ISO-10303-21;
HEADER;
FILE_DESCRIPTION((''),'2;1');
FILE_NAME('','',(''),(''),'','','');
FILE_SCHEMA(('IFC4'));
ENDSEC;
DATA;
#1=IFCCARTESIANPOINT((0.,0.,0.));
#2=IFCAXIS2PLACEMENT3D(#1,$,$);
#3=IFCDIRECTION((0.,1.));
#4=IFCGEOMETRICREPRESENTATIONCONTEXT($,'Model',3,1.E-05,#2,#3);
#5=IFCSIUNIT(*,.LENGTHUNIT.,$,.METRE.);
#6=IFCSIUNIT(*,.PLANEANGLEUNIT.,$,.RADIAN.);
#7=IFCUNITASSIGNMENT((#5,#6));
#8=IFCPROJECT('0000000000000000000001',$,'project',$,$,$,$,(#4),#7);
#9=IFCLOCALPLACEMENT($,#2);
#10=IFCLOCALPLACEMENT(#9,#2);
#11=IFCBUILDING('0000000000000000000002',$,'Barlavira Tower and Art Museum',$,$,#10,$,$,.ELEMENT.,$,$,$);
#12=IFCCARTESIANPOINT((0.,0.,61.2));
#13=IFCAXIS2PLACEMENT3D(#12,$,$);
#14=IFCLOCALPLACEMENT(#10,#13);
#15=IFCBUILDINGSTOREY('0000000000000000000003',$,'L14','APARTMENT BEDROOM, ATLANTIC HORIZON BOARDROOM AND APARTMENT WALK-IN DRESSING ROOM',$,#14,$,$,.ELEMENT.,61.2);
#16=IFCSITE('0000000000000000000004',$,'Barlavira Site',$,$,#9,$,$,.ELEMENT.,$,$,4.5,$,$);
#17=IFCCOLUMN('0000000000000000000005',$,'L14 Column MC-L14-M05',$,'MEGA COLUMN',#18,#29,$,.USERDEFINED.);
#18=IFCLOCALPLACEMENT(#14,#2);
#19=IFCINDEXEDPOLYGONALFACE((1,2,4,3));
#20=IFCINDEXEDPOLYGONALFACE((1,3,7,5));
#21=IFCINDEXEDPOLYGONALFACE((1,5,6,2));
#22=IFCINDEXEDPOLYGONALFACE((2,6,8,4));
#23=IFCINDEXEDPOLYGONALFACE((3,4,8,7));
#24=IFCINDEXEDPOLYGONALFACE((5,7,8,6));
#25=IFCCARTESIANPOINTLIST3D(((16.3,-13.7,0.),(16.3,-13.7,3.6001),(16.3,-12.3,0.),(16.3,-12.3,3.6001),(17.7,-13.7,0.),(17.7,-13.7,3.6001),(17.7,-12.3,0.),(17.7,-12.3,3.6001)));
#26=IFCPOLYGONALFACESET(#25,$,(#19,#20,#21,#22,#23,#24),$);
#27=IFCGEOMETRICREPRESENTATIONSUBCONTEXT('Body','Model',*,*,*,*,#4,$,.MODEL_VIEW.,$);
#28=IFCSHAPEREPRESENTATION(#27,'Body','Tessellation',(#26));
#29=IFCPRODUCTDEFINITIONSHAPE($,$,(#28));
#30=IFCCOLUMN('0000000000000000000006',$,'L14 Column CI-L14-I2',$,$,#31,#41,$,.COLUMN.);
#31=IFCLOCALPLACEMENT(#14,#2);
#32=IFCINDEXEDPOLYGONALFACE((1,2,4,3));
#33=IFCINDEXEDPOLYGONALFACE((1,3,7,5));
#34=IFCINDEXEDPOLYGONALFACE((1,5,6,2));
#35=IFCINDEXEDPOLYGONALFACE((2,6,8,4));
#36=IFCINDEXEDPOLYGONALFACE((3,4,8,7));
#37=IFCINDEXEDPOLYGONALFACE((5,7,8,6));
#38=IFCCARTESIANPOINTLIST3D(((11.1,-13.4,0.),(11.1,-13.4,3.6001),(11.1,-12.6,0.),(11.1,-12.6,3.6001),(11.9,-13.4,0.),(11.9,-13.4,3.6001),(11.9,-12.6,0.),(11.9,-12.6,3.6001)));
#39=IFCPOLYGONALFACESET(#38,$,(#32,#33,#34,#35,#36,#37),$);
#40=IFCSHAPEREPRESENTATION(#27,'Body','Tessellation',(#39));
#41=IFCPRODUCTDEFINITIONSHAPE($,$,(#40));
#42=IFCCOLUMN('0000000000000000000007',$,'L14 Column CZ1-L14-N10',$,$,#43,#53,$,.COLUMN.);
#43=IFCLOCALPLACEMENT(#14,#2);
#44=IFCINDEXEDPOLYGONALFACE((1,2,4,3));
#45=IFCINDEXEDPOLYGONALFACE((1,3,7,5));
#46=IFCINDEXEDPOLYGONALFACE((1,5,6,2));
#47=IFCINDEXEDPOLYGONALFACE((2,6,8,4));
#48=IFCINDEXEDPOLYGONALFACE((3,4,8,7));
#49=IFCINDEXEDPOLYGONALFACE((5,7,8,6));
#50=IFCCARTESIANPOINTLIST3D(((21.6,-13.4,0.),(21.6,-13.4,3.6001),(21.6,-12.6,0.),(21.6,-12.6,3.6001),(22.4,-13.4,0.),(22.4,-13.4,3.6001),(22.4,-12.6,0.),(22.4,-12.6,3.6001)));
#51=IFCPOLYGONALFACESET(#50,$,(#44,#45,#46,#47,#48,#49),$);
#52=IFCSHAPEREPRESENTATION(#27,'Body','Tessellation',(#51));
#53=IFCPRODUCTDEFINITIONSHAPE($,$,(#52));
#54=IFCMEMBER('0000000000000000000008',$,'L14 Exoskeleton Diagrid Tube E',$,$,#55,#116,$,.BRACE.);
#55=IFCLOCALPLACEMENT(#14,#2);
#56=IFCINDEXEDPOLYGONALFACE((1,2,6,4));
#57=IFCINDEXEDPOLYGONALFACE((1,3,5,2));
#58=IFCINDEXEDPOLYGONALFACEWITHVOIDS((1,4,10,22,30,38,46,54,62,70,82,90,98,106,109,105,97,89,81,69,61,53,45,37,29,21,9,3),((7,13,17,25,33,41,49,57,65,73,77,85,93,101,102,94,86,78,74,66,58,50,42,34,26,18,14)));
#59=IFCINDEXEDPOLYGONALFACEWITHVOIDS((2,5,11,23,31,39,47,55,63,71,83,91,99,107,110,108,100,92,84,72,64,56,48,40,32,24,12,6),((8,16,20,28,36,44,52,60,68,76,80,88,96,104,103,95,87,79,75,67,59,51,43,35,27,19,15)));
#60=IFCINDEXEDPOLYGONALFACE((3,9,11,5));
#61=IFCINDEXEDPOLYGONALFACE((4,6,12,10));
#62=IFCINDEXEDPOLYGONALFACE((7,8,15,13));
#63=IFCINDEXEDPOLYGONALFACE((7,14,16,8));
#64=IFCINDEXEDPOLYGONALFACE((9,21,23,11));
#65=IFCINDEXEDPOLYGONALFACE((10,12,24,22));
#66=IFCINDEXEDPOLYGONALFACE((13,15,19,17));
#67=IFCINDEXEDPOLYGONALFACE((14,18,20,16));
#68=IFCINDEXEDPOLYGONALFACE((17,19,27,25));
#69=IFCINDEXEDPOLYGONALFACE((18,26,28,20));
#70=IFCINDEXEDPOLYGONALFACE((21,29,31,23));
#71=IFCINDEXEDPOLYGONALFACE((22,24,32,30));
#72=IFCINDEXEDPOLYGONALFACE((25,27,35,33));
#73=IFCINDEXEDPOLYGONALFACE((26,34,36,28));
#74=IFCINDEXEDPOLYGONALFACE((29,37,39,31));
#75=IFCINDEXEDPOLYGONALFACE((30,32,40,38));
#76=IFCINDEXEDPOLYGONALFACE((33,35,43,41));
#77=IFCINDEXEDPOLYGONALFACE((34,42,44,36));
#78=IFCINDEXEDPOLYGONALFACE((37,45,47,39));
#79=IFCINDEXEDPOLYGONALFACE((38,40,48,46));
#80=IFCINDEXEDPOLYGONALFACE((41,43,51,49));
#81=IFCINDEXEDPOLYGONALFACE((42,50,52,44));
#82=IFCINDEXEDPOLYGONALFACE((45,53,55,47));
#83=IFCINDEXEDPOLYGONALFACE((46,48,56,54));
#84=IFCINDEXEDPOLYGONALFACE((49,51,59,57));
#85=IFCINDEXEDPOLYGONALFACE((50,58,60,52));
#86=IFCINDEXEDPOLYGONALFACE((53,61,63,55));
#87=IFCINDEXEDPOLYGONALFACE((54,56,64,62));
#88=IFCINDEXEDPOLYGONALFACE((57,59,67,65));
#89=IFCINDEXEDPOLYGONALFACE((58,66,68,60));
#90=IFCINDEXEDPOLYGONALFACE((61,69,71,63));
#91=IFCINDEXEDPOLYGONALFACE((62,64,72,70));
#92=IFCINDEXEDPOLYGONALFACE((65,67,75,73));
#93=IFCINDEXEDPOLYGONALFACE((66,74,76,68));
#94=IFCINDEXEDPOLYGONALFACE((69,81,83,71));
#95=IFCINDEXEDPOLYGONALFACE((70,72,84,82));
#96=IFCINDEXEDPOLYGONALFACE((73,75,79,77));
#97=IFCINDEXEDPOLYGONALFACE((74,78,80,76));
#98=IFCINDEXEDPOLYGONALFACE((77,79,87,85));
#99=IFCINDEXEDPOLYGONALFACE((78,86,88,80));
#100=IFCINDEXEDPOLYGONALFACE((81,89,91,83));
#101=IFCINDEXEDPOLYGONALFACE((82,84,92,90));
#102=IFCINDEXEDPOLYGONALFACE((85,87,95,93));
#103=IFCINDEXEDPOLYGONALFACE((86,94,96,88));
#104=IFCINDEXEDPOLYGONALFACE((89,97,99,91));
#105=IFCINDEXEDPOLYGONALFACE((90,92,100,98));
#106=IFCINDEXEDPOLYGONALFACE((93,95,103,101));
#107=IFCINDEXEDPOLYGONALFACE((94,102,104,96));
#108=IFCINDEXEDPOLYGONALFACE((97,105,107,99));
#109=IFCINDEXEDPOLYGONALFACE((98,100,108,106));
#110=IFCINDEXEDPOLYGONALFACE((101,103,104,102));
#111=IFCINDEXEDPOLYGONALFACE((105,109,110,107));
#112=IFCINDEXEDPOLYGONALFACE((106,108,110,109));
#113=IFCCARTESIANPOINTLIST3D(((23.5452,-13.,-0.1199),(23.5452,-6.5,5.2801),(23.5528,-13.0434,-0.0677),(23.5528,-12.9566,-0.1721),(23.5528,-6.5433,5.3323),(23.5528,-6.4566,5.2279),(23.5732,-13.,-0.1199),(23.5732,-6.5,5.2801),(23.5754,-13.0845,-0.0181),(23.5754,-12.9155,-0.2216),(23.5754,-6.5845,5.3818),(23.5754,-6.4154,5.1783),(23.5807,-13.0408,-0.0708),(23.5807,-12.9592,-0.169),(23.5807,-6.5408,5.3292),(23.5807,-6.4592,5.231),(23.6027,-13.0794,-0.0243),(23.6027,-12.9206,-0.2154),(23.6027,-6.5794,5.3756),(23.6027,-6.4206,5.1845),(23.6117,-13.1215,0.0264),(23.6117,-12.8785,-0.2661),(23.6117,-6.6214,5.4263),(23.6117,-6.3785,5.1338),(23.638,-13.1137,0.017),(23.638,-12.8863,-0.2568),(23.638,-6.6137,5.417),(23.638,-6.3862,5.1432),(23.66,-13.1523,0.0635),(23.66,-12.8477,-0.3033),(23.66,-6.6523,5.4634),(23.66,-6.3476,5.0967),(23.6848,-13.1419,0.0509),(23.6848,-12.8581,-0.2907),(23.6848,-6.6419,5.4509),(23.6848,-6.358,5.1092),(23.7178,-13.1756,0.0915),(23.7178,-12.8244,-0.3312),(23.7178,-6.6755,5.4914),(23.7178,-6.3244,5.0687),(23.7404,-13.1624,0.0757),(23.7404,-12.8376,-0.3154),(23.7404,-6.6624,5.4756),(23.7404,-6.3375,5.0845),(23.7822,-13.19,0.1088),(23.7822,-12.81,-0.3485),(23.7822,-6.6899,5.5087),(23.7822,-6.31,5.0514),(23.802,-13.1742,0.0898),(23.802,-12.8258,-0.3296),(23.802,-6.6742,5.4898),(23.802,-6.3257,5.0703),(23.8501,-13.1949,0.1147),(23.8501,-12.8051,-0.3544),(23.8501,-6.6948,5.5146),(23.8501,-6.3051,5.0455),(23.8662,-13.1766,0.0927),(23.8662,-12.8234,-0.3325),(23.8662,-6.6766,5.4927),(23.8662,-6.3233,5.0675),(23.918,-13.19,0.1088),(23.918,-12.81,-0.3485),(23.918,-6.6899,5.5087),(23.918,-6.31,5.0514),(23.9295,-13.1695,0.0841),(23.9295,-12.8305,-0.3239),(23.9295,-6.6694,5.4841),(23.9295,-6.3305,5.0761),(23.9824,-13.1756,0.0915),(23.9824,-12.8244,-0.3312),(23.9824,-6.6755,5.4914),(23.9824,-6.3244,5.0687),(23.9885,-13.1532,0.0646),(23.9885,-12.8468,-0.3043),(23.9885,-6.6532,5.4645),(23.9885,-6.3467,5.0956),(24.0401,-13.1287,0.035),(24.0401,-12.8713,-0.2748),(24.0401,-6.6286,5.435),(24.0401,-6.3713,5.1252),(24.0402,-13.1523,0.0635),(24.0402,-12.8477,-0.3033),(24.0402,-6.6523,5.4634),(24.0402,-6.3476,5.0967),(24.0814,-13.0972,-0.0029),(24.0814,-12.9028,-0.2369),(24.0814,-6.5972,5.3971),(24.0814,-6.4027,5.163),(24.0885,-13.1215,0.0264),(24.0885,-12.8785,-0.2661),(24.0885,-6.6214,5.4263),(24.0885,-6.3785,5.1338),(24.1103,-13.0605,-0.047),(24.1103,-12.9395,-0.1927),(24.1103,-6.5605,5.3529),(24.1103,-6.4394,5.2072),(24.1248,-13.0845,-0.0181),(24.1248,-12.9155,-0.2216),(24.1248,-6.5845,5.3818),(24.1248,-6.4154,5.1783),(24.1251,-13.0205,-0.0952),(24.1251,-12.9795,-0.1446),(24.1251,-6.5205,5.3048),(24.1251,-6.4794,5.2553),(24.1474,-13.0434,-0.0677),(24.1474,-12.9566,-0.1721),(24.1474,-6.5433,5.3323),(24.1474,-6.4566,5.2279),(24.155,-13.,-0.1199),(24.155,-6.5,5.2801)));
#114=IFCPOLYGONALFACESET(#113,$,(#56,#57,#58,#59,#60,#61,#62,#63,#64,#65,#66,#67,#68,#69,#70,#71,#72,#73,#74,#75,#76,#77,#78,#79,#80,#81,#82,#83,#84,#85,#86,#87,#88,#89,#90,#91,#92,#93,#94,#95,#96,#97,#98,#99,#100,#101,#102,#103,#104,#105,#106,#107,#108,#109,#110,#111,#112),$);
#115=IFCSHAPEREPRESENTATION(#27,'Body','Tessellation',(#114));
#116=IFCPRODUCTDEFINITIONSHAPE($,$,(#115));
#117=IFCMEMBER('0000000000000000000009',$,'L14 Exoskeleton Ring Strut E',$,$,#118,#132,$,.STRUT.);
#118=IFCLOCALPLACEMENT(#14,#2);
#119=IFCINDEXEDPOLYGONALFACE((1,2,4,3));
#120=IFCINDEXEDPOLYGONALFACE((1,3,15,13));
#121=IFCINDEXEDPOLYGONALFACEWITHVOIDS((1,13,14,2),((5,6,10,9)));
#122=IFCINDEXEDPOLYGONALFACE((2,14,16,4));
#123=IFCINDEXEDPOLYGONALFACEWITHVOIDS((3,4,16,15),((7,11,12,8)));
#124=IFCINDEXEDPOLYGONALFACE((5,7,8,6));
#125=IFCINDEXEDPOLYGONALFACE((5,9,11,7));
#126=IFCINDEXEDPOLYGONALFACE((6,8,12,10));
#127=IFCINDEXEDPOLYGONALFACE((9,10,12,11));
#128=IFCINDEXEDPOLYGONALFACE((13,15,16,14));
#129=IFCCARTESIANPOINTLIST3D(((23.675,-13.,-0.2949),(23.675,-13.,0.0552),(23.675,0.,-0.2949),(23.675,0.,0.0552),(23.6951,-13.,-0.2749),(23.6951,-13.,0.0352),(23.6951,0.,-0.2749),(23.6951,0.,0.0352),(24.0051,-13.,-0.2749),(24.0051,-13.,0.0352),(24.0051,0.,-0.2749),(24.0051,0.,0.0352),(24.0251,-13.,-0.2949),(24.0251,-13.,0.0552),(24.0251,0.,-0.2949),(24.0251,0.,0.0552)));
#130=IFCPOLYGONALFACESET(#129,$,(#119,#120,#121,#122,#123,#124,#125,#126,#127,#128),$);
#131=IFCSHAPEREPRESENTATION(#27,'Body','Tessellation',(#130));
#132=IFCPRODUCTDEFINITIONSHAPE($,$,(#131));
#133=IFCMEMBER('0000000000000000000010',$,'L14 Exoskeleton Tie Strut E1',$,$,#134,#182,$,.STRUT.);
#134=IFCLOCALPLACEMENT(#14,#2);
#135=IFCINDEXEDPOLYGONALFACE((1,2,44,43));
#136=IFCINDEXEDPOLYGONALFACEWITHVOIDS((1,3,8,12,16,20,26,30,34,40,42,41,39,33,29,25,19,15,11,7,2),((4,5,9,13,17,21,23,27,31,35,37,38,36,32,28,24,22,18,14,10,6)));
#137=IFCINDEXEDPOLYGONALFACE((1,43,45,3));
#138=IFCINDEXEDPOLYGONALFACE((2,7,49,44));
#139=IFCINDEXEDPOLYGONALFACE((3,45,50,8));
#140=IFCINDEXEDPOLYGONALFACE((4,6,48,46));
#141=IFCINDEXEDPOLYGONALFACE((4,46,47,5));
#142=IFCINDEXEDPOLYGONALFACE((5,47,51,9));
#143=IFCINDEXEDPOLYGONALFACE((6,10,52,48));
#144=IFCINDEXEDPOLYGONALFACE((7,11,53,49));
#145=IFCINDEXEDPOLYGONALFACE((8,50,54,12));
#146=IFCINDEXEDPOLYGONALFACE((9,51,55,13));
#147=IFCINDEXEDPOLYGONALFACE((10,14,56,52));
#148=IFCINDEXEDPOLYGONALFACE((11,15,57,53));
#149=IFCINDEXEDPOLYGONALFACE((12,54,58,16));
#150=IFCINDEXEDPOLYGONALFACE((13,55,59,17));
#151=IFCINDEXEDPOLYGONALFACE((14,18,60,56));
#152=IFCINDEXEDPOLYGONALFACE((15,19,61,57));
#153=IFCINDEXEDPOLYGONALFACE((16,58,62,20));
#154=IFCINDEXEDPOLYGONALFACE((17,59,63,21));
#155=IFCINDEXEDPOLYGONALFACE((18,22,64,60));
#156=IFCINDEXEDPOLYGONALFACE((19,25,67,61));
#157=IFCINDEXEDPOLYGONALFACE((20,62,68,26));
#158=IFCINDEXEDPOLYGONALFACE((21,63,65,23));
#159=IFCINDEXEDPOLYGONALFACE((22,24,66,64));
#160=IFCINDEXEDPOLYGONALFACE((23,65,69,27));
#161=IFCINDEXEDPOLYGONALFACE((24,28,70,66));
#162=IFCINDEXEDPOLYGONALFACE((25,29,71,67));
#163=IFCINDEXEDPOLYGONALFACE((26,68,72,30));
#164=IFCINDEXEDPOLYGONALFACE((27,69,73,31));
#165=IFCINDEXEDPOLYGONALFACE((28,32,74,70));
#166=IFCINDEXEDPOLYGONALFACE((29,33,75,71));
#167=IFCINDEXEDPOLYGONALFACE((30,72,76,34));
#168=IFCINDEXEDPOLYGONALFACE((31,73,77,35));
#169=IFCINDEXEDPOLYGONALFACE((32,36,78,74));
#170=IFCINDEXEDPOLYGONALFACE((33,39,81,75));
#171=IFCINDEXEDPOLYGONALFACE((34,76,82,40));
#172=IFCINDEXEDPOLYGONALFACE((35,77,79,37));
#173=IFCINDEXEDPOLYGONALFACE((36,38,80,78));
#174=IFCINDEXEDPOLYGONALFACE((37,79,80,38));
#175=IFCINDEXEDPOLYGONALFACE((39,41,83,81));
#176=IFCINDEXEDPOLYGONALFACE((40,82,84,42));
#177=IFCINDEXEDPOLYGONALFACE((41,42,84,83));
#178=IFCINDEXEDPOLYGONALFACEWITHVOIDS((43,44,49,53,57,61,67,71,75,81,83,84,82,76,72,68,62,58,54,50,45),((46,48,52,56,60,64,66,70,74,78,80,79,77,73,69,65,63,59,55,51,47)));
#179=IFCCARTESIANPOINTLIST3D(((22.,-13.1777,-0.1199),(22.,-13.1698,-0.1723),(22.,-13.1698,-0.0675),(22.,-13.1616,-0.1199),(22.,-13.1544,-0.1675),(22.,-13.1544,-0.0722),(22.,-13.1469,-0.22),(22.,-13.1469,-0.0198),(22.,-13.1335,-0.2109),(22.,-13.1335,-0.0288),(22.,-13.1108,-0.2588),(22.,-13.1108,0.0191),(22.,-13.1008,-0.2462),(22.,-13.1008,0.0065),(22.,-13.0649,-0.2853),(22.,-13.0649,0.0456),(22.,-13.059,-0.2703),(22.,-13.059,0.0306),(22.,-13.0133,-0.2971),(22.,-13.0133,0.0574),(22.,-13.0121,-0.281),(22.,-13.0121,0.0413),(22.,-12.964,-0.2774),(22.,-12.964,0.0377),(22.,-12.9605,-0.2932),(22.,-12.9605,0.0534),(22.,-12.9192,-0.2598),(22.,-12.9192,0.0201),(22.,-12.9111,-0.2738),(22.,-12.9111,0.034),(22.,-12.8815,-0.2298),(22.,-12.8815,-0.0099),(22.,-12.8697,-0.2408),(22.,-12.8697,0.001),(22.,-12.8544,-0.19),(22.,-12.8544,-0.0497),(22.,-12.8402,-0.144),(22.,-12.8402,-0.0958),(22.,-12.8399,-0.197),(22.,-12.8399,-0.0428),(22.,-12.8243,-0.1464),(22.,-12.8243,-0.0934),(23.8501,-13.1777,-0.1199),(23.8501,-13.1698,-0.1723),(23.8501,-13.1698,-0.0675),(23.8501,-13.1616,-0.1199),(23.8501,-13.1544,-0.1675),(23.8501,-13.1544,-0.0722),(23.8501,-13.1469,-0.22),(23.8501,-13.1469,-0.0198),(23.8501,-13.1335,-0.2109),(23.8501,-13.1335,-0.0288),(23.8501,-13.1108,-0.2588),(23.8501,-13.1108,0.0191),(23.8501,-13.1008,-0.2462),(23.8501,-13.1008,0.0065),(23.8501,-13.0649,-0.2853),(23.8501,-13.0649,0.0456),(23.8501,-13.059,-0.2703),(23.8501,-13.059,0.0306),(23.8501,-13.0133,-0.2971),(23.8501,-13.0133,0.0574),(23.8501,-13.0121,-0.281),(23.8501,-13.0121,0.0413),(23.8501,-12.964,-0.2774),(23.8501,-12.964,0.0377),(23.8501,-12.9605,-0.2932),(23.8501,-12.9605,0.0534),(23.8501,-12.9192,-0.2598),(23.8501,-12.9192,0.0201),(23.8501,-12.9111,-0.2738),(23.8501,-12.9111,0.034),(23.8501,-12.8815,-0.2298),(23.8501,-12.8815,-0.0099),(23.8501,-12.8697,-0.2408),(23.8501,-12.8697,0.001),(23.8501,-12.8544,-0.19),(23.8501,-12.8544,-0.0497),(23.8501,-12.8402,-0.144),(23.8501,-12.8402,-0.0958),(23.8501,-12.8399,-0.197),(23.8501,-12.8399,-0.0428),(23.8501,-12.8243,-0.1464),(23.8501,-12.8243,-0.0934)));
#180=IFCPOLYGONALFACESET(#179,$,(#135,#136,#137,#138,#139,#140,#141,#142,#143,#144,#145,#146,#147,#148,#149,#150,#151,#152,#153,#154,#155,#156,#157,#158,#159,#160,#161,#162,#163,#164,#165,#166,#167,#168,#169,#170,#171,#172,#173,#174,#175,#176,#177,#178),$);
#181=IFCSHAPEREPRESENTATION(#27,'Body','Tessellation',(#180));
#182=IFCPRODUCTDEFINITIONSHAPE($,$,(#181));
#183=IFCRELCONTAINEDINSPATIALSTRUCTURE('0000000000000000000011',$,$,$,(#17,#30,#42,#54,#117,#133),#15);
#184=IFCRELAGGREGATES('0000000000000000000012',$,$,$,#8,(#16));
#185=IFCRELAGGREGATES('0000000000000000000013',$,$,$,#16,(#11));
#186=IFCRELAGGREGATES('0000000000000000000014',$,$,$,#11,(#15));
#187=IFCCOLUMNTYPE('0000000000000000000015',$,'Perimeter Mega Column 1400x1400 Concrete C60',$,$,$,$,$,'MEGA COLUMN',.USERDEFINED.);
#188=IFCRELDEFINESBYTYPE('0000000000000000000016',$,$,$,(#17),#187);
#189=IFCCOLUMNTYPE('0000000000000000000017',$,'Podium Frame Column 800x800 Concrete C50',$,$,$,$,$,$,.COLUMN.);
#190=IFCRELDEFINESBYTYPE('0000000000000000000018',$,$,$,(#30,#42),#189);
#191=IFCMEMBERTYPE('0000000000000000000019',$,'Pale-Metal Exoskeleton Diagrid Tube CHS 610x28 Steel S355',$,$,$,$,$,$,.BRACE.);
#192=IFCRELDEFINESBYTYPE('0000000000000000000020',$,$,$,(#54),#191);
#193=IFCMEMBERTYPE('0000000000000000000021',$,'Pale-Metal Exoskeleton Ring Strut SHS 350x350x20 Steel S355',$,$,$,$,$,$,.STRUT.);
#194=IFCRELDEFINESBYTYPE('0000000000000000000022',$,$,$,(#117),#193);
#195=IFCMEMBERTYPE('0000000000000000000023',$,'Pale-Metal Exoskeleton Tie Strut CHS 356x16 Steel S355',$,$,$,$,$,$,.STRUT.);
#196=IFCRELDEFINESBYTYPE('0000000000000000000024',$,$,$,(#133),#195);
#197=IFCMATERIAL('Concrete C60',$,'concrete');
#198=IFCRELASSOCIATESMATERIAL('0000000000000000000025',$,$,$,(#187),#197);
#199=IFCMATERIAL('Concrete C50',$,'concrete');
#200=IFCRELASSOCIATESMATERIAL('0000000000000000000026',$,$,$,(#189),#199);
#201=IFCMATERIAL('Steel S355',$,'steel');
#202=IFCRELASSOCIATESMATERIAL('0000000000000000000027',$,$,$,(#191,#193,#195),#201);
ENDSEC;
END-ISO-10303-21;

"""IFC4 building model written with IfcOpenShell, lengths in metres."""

from ifc_helpers import new_model, si_unit, direction, frame, origin, origin_2d, place, context, subcontext, project, spatial, rectangle, hollow_rectangle, hollow_circle, extrude, material, material_profile, profile_set, type_object, element, save


model = new_model("IFC4")

# Units and contexts
model_context = context("Model", 3, precision=1e-05, world=origin(), true_north=direction((0.0, 1.0)))
body_context = subcontext(model_context, "Body", "Model", "MODEL_VIEW")
ifc_project = project(units=[si_unit("LENGTHUNIT", "METRE"), si_unit("PLANEANGLEUNIT", "RADIAN")], contexts=[model_context])

# Site, building, storey
site_placement = place(None, origin())
site = spatial("IfcSite", under=ifc_project, at=site_placement, Name="Barlavira Site", CompositionType="ELEMENT", RefElevation=4.5)
building_placement = place(site_placement, origin())
building = spatial("IfcBuilding", under=site, at=building_placement, Name="Barlavira Tower and Art Museum", CompositionType="ELEMENT")
storey_placement = place(building_placement, frame((0.0, 0.0, 61.2)))
storey = spatial("IfcBuildingStorey", under=building, at=storey_placement, Name="L14", Description="APARTMENT BEDROOM, ATLANTIC HORIZON BOARDROOM AND APARTMENT WALK-IN DRESSING ROOM", CompositionType="ELEMENT", Elevation=61.2)

# Columns
ifc_material_1 = material(Name="Concrete C60", Category="concrete")
ifc_material_profile_1 = material_profile(ifc_material_1, rectangle(XDim=1.3999, YDim=1.3999, at=origin_2d()), Name="RC-MCOL 1400x1400")
ifc_profile_set_1 = profile_set([ifc_material_profile_1], Name="Concrete C60")
column_type_1 = type_object("IfcColumnType", Name="Perimeter Mega Column 1400x1400 Concrete C60", ElementType="MEGA COLUMN", PredefinedType="USERDEFINED", material=ifc_profile_set_1)
column_placement = place(storey_placement, frame((17.0, -13.0, 0.0), z_axis=(0.0, 0.0, 1.0), x_axis=(1.0, 0.0, 0.0)))
element("IfcColumn", 1, at=column_placement, inside=storey, type_object=column_type_1, Name="L14 Column MC-L14-M05", ObjectType="MEGA COLUMN", PredefinedType="USERDEFINED", context=body_context, shape_type="SweptSolid", body=[
    extrude(rectangle(XDim=1.3999, YDim=1.3999, at=origin_2d()), origin(), (0.0, 0.0, 1.0), 3.6001),
])
ifc_material_2 = material(Name="Concrete C50", Category="concrete")
ifc_material_profile_2 = material_profile(ifc_material_2, rectangle(XDim=0.8, YDim=0.8, at=origin_2d()), Name="RC-COL 800x800")
ifc_profile_set_2 = profile_set([ifc_material_profile_2], Name="Concrete C50")
column_type_2 = type_object("IfcColumnType", Name="Podium Frame Column 800x800 Concrete C50", PredefinedType="COLUMN", material=ifc_profile_set_2)
for number, where, z_axis, x_axis, name in (
    (2, (11.5, -13.0, 0.0), (0.0, 0.0, 1.0), (1.0, 0.0, 0.0), "L14 Column CI-L14-I2"),
    (3, (22.0, -13.0, 0.0), (0.0, 0.0, 1.0), (1.0, 0.0, 0.0), "L14 Column CZ1-L14-N10"),
):
    element("IfcColumn", number, at=place(storey_placement, frame(where, z_axis=z_axis, x_axis=x_axis)), inside=storey, type_object=column_type_2, Name=name, PredefinedType="COLUMN", context=body_context, shape_type="SweptSolid", body=[
        extrude(rectangle(XDim=0.8, YDim=0.8, at=origin_2d()), origin(), (0.0, 0.0, 1.0), 3.6001),
    ])

# Members
ifc_material_3 = material(Name="Steel S355", Category="steel")
ifc_material_profile_3 = material_profile(ifc_material_3, hollow_circle(Radius=0.3049, WallThickness=0.0281, at=origin_2d()), Name="CHS 610.0x28.0")
ifc_profile_set_3 = profile_set([ifc_material_profile_3], Name="Steel S355")
member_type_1 = type_object("IfcMemberType", Name="Pale-Metal Exoskeleton Diagrid Tube CHS 610x28 Steel S355", PredefinedType="BRACE", material=ifc_profile_set_3)
member_1_placement = place(storey_placement, frame((23.8501, -13.0, -0.1199), z_axis=(0.0, 0.769196, 0.639013), x_axis=(-1.0, 0.0, 0.0)))
element("IfcMember", 4, at=member_1_placement, inside=storey, type_object=member_type_1, Name="L14 Exoskeleton Diagrid Tube E", PredefinedType="BRACE", context=body_context, shape_type="SweptSolid", body=[
    extrude(hollow_circle(Radius=0.3049, WallThickness=0.0281, at=origin_2d()), origin(), (0.0, 0.0, 1.0), 8.4504),
])
ifc_material_profile_4 = material_profile(ifc_material_3, hollow_rectangle(XDim=0.3501, YDim=0.3501, WallThickness=0.02, at=origin_2d()), Name="SHS 350x350x20.0")
ifc_profile_set_4 = profile_set([ifc_material_profile_4], Name="Steel S355")
member_type_2 = type_object("IfcMemberType", Name="Pale-Metal Exoskeleton Ring Strut SHS 350x350x20 Steel S355", PredefinedType="STRUT", material=ifc_profile_set_4)
member_2_placement = place(storey_placement, frame((23.8501, -13.0, -0.1199), z_axis=(0.0, 1.0, 0.0), x_axis=(-1.0, 0.0, 0.0)))
element("IfcMember", 5, at=member_2_placement, inside=storey, type_object=member_type_2, Name="L14 Exoskeleton Ring Strut E", PredefinedType="STRUT", context=body_context, shape_type="SweptSolid", body=[
    extrude(hollow_rectangle(XDim=0.3501, YDim=0.3501, WallThickness=0.02, at=origin_2d()), origin(), (0.0, 0.0, 1.0), 13.0),
])
ifc_material_profile_5 = material_profile(ifc_material_3, hollow_circle(Radius=0.1777, WallThickness=0.0161, at=origin_2d()), Name="CHS 355.6x16.0")
ifc_profile_set_5 = profile_set([ifc_material_profile_5], Name="Steel S355")
member_type_3 = type_object("IfcMemberType", Name="Pale-Metal Exoskeleton Tie Strut CHS 356x16 Steel S355", PredefinedType="STRUT", material=ifc_profile_set_5)
member_3_placement = place(storey_placement, frame((23.8501, -13.0, -0.1199), z_axis=(-1.0, 0.0, 0.0), x_axis=(0.0, -1.0, 0.0)))
element("IfcMember", 6, at=member_3_placement, inside=storey, type_object=member_type_3, Name="L14 Exoskeleton Tie Strut E1", PredefinedType="STRUT", context=body_context, shape_type="SweptSolid", body=[
    extrude(hollow_circle(Radius=0.1777, WallThickness=0.0161, at=origin_2d()), origin(), (0.0, 0.0, 1.0), 1.8501),
])

save(model, "model.ifc")
